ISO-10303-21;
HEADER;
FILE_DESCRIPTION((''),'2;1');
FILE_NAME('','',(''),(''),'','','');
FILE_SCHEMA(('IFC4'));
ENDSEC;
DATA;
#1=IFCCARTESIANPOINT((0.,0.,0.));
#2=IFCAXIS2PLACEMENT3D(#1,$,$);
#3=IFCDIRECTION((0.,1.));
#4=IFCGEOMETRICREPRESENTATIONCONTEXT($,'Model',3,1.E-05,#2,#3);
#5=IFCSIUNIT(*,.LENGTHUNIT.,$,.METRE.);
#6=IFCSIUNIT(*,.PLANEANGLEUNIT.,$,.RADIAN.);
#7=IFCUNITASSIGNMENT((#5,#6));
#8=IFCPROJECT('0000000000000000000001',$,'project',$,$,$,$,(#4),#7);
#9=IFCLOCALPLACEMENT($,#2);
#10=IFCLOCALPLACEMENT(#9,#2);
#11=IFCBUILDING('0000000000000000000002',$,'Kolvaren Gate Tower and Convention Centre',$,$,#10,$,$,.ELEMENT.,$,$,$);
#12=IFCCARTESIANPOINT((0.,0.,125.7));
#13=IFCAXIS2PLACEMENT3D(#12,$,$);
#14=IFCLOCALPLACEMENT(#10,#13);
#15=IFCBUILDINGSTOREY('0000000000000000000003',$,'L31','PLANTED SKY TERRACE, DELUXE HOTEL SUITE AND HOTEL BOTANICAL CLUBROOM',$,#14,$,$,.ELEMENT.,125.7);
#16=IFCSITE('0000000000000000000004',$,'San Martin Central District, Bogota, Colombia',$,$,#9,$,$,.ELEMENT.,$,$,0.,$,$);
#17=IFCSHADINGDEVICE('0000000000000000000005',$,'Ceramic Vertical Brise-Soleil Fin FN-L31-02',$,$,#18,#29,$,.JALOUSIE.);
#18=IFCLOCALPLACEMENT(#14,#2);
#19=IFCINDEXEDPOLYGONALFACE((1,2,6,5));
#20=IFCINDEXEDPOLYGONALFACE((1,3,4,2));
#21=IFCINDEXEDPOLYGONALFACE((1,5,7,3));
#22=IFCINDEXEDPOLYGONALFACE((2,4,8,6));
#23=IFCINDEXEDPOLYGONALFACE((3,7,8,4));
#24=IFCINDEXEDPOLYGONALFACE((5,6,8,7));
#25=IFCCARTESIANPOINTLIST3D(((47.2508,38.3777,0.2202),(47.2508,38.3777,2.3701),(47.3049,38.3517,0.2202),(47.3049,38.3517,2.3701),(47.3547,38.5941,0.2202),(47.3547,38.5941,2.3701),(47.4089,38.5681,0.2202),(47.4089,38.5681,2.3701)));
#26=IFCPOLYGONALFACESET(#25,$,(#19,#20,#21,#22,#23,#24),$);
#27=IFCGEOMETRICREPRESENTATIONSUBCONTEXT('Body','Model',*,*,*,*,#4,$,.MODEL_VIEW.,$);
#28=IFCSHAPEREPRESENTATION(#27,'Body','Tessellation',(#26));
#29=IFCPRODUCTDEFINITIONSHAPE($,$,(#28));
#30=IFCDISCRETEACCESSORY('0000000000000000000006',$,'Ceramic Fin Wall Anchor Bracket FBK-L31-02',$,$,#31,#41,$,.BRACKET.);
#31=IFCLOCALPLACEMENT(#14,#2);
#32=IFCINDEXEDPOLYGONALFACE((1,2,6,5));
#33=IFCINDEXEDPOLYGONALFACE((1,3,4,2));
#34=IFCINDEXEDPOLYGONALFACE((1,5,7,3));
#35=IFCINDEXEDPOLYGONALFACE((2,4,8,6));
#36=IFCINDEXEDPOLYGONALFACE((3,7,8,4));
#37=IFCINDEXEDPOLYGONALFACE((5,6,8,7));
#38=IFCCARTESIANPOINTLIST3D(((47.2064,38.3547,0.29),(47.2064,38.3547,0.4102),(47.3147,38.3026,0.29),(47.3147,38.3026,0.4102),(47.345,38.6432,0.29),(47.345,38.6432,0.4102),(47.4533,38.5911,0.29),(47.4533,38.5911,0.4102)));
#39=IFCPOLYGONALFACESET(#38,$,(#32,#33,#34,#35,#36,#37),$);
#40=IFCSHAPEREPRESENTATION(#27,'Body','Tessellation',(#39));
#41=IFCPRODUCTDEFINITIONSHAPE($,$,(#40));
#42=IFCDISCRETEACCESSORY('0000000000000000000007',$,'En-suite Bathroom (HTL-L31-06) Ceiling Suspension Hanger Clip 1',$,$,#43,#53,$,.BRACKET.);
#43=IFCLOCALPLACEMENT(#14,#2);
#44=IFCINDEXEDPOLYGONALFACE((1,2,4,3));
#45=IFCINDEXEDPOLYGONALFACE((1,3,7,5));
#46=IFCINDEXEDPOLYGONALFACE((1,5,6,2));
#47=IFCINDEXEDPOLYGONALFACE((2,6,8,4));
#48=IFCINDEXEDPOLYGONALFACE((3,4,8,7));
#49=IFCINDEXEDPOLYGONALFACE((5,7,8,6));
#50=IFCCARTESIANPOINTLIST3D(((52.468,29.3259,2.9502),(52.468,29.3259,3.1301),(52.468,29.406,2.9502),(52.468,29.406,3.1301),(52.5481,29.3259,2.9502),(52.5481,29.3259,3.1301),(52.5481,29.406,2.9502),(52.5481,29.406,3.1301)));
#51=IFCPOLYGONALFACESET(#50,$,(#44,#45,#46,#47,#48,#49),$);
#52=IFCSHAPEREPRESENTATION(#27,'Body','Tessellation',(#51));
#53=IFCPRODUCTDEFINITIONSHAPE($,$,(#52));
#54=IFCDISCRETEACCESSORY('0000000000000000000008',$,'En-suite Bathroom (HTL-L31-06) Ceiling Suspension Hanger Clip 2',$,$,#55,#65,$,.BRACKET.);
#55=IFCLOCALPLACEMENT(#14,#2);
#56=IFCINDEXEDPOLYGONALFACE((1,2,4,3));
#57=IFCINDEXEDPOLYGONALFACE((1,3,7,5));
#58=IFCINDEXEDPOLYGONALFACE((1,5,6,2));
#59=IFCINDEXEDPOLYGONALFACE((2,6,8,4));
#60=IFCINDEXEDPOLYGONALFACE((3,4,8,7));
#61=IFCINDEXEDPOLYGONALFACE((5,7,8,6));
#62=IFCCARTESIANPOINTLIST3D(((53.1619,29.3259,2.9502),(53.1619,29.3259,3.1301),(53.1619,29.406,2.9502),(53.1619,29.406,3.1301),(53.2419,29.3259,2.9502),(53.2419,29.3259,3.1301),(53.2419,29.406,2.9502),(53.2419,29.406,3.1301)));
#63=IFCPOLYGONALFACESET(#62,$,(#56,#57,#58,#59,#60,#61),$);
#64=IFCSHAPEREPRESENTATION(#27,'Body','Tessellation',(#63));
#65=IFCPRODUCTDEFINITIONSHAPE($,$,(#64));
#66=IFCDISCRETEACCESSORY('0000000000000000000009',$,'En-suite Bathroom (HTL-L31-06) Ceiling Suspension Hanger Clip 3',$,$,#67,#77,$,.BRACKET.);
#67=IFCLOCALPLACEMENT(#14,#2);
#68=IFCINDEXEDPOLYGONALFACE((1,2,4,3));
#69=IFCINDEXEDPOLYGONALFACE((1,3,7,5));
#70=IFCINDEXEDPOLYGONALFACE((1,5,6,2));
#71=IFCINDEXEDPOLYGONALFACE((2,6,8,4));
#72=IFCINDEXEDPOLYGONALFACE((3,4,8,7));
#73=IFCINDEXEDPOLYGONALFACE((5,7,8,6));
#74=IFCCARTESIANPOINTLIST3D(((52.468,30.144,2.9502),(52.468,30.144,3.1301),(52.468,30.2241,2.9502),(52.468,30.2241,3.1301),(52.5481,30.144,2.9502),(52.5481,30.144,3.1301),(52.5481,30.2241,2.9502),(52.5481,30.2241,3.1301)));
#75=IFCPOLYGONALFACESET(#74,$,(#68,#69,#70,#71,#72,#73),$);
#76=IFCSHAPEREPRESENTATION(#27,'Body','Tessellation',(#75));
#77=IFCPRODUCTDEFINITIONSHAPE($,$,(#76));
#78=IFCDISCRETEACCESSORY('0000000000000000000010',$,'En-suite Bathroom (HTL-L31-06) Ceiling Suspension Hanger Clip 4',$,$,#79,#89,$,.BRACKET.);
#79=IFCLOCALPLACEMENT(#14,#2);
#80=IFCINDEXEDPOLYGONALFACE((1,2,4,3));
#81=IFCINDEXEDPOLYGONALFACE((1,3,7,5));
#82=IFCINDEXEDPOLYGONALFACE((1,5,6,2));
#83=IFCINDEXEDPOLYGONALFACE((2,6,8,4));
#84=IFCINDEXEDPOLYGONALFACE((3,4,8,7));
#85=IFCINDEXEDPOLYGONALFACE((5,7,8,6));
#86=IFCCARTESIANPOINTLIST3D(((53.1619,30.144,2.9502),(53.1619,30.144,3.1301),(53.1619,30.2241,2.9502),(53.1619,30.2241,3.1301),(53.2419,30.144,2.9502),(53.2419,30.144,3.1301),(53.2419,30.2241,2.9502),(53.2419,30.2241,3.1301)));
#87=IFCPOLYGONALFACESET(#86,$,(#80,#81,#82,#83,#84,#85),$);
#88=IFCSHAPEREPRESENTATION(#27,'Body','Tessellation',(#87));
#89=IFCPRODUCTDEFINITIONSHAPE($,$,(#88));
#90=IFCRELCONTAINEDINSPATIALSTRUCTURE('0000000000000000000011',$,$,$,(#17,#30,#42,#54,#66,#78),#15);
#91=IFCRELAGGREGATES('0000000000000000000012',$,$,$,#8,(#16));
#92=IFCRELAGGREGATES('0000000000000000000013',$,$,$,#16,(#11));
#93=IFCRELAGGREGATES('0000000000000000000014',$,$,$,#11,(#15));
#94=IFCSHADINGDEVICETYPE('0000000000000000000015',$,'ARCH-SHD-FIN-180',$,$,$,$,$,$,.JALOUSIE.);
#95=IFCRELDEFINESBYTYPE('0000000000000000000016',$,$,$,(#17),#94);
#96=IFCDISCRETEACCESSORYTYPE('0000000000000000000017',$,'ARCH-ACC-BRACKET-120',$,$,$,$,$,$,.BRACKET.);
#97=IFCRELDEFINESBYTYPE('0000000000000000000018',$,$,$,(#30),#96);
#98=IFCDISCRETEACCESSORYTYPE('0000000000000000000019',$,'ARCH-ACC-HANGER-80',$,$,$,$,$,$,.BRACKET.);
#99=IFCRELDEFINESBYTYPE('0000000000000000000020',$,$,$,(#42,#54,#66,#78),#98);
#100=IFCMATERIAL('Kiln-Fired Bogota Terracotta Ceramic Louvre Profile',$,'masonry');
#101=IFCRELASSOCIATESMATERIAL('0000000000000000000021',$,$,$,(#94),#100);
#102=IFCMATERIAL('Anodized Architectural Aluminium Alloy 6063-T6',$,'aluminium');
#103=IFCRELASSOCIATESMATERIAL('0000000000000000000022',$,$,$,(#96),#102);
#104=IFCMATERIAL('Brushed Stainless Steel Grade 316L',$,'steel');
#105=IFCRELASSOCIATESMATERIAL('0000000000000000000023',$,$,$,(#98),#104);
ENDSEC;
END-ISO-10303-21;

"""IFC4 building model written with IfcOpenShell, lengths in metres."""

from ifc_helpers import new_model, si_unit, direction, frame, origin, origin_2d, place, context, subcontext, project, spatial, rectangle, extrude, material, type_object, element, save


model = new_model("IFC4")

# Units and contexts
model_context = context("Model", 3, precision=1e-05, world=origin(), true_north=direction((0.0, 1.0)))
body_context = subcontext(model_context, "Body", "Model", "MODEL_VIEW")
ifc_project = project(units=[si_unit("LENGTHUNIT", "METRE"), si_unit("PLANEANGLEUNIT", "RADIAN")], contexts=[model_context])

# Site, building, storey
site_placement = place(None, origin())
site = spatial("IfcSite", under=ifc_project, at=site_placement, Name="San Martin Central District, Bogota, Colombia", CompositionType="ELEMENT", RefElevation=0.0)
building_placement = place(site_placement, origin())
building = spatial("IfcBuilding", under=site, at=building_placement, Name="Kolvaren Gate Tower and Convention Centre", CompositionType="ELEMENT")
storey_placement = place(building_placement, frame((0.0, 0.0, 125.7)))
storey = spatial("IfcBuildingStorey", under=building, at=storey_placement, Name="L31", Description="PLANTED SKY TERRACE, DELUXE HOTEL SUITE AND HOTEL BOTANICAL CLUBROOM", CompositionType="ELEMENT", Elevation=125.7)

# Shading device
ifc_material_1 = material(Name="Kiln-Fired Bogota Terracotta Ceramic Louvre Profile", Category="masonry")
shading_device_type = type_object("IfcShadingDeviceType", Name="ARCH-SHD-FIN-180", PredefinedType="JALOUSIE", material=ifc_material_1)
shading_device_placement = place(storey_placement, frame((47.3298, 38.4729, 0.2202), z_axis=(0.0, 0.0, 1.0), x_axis=(0.901363, -0.433065, 0.0)))
element("IfcShadingDevice", 1, at=shading_device_placement, inside=storey, type_object=shading_device_type, Name="Ceramic Vertical Brise-Soleil Fin FN-L31-02", PredefinedType="JALOUSIE", context=body_context, shape_type="SweptSolid", body=[
    extrude(rectangle(XDim=0.0601, YDim=0.24, at=origin_2d()), origin(), (0.0, 0.0, 1.0), 2.1499),
])

# Discrete accessories
ifc_material_2 = material(Name="Anodized Architectural Aluminium Alloy 6063-T6", Category="aluminium")
discrete_accessory_type_1 = type_object("IfcDiscreteAccessoryType", Name="ARCH-ACC-BRACKET-120", PredefinedType="BRACKET", material=ifc_material_2)
discrete_accessory_placement = place(storey_placement, frame((47.3298, 38.4729, 0.29), z_axis=(0.0, 0.0, 1.0), x_axis=(0.901363, -0.433065, 0.0)))
element("IfcDiscreteAccessory", 2, at=discrete_accessory_placement, inside=storey, type_object=discrete_accessory_type_1, Name="Ceramic Fin Wall Anchor Bracket FBK-L31-02", PredefinedType="BRACKET", context=body_context, shape_type="SweptSolid", body=[
    extrude(rectangle(XDim=0.1201, YDim=0.3201, at=origin_2d()), origin(), (0.0, 0.0, 1.0), 0.1201),
])
ifc_material_3 = material(Name="Brushed Stainless Steel Grade 316L", Category="steel")
discrete_accessory_type_2 = type_object("IfcDiscreteAccessoryType", Name="ARCH-ACC-HANGER-80", PredefinedType="BRACKET", material=ifc_material_3)
for number, where, z_axis, x_axis, name in (
    (3, (52.5081, 29.366, 2.9502), (0.0, 0.0, 1.0), (1.0, 0.0, 0.0), "En-suite Bathroom (HTL-L31-06) Ceiling Suspension Hanger Clip 1"),
    (4, (53.2019, 29.366, 2.9502), (0.0, 0.0, 1.0), (1.0, 0.0, 0.0), "En-suite Bathroom (HTL-L31-06) Ceiling Suspension Hanger Clip 2"),
    (5, (52.5081, 30.1841, 2.9502), (0.0, 0.0, 1.0), (1.0, 0.0, 0.0), "En-suite Bathroom (HTL-L31-06) Ceiling Suspension Hanger Clip 3"),
    (6, (53.2019, 30.1841, 2.9502), (0.0, 0.0, 1.0), (1.0, 0.0, 0.0), "En-suite Bathroom (HTL-L31-06) Ceiling Suspension Hanger Clip 4"),
):
    element("IfcDiscreteAccessory", number, at=place(storey_placement, frame(where, z_axis=z_axis, x_axis=x_axis)), inside=storey, type_object=discrete_accessory_type_2, Name=name, PredefinedType="BRACKET", context=body_context, shape_type="SweptSolid", body=[
        extrude(rectangle(XDim=0.0801, YDim=0.0801, at=origin_2d()), origin(), (0.0, 0.0, 1.0), 0.1799),
    ])

save(model, "model.ifc")
